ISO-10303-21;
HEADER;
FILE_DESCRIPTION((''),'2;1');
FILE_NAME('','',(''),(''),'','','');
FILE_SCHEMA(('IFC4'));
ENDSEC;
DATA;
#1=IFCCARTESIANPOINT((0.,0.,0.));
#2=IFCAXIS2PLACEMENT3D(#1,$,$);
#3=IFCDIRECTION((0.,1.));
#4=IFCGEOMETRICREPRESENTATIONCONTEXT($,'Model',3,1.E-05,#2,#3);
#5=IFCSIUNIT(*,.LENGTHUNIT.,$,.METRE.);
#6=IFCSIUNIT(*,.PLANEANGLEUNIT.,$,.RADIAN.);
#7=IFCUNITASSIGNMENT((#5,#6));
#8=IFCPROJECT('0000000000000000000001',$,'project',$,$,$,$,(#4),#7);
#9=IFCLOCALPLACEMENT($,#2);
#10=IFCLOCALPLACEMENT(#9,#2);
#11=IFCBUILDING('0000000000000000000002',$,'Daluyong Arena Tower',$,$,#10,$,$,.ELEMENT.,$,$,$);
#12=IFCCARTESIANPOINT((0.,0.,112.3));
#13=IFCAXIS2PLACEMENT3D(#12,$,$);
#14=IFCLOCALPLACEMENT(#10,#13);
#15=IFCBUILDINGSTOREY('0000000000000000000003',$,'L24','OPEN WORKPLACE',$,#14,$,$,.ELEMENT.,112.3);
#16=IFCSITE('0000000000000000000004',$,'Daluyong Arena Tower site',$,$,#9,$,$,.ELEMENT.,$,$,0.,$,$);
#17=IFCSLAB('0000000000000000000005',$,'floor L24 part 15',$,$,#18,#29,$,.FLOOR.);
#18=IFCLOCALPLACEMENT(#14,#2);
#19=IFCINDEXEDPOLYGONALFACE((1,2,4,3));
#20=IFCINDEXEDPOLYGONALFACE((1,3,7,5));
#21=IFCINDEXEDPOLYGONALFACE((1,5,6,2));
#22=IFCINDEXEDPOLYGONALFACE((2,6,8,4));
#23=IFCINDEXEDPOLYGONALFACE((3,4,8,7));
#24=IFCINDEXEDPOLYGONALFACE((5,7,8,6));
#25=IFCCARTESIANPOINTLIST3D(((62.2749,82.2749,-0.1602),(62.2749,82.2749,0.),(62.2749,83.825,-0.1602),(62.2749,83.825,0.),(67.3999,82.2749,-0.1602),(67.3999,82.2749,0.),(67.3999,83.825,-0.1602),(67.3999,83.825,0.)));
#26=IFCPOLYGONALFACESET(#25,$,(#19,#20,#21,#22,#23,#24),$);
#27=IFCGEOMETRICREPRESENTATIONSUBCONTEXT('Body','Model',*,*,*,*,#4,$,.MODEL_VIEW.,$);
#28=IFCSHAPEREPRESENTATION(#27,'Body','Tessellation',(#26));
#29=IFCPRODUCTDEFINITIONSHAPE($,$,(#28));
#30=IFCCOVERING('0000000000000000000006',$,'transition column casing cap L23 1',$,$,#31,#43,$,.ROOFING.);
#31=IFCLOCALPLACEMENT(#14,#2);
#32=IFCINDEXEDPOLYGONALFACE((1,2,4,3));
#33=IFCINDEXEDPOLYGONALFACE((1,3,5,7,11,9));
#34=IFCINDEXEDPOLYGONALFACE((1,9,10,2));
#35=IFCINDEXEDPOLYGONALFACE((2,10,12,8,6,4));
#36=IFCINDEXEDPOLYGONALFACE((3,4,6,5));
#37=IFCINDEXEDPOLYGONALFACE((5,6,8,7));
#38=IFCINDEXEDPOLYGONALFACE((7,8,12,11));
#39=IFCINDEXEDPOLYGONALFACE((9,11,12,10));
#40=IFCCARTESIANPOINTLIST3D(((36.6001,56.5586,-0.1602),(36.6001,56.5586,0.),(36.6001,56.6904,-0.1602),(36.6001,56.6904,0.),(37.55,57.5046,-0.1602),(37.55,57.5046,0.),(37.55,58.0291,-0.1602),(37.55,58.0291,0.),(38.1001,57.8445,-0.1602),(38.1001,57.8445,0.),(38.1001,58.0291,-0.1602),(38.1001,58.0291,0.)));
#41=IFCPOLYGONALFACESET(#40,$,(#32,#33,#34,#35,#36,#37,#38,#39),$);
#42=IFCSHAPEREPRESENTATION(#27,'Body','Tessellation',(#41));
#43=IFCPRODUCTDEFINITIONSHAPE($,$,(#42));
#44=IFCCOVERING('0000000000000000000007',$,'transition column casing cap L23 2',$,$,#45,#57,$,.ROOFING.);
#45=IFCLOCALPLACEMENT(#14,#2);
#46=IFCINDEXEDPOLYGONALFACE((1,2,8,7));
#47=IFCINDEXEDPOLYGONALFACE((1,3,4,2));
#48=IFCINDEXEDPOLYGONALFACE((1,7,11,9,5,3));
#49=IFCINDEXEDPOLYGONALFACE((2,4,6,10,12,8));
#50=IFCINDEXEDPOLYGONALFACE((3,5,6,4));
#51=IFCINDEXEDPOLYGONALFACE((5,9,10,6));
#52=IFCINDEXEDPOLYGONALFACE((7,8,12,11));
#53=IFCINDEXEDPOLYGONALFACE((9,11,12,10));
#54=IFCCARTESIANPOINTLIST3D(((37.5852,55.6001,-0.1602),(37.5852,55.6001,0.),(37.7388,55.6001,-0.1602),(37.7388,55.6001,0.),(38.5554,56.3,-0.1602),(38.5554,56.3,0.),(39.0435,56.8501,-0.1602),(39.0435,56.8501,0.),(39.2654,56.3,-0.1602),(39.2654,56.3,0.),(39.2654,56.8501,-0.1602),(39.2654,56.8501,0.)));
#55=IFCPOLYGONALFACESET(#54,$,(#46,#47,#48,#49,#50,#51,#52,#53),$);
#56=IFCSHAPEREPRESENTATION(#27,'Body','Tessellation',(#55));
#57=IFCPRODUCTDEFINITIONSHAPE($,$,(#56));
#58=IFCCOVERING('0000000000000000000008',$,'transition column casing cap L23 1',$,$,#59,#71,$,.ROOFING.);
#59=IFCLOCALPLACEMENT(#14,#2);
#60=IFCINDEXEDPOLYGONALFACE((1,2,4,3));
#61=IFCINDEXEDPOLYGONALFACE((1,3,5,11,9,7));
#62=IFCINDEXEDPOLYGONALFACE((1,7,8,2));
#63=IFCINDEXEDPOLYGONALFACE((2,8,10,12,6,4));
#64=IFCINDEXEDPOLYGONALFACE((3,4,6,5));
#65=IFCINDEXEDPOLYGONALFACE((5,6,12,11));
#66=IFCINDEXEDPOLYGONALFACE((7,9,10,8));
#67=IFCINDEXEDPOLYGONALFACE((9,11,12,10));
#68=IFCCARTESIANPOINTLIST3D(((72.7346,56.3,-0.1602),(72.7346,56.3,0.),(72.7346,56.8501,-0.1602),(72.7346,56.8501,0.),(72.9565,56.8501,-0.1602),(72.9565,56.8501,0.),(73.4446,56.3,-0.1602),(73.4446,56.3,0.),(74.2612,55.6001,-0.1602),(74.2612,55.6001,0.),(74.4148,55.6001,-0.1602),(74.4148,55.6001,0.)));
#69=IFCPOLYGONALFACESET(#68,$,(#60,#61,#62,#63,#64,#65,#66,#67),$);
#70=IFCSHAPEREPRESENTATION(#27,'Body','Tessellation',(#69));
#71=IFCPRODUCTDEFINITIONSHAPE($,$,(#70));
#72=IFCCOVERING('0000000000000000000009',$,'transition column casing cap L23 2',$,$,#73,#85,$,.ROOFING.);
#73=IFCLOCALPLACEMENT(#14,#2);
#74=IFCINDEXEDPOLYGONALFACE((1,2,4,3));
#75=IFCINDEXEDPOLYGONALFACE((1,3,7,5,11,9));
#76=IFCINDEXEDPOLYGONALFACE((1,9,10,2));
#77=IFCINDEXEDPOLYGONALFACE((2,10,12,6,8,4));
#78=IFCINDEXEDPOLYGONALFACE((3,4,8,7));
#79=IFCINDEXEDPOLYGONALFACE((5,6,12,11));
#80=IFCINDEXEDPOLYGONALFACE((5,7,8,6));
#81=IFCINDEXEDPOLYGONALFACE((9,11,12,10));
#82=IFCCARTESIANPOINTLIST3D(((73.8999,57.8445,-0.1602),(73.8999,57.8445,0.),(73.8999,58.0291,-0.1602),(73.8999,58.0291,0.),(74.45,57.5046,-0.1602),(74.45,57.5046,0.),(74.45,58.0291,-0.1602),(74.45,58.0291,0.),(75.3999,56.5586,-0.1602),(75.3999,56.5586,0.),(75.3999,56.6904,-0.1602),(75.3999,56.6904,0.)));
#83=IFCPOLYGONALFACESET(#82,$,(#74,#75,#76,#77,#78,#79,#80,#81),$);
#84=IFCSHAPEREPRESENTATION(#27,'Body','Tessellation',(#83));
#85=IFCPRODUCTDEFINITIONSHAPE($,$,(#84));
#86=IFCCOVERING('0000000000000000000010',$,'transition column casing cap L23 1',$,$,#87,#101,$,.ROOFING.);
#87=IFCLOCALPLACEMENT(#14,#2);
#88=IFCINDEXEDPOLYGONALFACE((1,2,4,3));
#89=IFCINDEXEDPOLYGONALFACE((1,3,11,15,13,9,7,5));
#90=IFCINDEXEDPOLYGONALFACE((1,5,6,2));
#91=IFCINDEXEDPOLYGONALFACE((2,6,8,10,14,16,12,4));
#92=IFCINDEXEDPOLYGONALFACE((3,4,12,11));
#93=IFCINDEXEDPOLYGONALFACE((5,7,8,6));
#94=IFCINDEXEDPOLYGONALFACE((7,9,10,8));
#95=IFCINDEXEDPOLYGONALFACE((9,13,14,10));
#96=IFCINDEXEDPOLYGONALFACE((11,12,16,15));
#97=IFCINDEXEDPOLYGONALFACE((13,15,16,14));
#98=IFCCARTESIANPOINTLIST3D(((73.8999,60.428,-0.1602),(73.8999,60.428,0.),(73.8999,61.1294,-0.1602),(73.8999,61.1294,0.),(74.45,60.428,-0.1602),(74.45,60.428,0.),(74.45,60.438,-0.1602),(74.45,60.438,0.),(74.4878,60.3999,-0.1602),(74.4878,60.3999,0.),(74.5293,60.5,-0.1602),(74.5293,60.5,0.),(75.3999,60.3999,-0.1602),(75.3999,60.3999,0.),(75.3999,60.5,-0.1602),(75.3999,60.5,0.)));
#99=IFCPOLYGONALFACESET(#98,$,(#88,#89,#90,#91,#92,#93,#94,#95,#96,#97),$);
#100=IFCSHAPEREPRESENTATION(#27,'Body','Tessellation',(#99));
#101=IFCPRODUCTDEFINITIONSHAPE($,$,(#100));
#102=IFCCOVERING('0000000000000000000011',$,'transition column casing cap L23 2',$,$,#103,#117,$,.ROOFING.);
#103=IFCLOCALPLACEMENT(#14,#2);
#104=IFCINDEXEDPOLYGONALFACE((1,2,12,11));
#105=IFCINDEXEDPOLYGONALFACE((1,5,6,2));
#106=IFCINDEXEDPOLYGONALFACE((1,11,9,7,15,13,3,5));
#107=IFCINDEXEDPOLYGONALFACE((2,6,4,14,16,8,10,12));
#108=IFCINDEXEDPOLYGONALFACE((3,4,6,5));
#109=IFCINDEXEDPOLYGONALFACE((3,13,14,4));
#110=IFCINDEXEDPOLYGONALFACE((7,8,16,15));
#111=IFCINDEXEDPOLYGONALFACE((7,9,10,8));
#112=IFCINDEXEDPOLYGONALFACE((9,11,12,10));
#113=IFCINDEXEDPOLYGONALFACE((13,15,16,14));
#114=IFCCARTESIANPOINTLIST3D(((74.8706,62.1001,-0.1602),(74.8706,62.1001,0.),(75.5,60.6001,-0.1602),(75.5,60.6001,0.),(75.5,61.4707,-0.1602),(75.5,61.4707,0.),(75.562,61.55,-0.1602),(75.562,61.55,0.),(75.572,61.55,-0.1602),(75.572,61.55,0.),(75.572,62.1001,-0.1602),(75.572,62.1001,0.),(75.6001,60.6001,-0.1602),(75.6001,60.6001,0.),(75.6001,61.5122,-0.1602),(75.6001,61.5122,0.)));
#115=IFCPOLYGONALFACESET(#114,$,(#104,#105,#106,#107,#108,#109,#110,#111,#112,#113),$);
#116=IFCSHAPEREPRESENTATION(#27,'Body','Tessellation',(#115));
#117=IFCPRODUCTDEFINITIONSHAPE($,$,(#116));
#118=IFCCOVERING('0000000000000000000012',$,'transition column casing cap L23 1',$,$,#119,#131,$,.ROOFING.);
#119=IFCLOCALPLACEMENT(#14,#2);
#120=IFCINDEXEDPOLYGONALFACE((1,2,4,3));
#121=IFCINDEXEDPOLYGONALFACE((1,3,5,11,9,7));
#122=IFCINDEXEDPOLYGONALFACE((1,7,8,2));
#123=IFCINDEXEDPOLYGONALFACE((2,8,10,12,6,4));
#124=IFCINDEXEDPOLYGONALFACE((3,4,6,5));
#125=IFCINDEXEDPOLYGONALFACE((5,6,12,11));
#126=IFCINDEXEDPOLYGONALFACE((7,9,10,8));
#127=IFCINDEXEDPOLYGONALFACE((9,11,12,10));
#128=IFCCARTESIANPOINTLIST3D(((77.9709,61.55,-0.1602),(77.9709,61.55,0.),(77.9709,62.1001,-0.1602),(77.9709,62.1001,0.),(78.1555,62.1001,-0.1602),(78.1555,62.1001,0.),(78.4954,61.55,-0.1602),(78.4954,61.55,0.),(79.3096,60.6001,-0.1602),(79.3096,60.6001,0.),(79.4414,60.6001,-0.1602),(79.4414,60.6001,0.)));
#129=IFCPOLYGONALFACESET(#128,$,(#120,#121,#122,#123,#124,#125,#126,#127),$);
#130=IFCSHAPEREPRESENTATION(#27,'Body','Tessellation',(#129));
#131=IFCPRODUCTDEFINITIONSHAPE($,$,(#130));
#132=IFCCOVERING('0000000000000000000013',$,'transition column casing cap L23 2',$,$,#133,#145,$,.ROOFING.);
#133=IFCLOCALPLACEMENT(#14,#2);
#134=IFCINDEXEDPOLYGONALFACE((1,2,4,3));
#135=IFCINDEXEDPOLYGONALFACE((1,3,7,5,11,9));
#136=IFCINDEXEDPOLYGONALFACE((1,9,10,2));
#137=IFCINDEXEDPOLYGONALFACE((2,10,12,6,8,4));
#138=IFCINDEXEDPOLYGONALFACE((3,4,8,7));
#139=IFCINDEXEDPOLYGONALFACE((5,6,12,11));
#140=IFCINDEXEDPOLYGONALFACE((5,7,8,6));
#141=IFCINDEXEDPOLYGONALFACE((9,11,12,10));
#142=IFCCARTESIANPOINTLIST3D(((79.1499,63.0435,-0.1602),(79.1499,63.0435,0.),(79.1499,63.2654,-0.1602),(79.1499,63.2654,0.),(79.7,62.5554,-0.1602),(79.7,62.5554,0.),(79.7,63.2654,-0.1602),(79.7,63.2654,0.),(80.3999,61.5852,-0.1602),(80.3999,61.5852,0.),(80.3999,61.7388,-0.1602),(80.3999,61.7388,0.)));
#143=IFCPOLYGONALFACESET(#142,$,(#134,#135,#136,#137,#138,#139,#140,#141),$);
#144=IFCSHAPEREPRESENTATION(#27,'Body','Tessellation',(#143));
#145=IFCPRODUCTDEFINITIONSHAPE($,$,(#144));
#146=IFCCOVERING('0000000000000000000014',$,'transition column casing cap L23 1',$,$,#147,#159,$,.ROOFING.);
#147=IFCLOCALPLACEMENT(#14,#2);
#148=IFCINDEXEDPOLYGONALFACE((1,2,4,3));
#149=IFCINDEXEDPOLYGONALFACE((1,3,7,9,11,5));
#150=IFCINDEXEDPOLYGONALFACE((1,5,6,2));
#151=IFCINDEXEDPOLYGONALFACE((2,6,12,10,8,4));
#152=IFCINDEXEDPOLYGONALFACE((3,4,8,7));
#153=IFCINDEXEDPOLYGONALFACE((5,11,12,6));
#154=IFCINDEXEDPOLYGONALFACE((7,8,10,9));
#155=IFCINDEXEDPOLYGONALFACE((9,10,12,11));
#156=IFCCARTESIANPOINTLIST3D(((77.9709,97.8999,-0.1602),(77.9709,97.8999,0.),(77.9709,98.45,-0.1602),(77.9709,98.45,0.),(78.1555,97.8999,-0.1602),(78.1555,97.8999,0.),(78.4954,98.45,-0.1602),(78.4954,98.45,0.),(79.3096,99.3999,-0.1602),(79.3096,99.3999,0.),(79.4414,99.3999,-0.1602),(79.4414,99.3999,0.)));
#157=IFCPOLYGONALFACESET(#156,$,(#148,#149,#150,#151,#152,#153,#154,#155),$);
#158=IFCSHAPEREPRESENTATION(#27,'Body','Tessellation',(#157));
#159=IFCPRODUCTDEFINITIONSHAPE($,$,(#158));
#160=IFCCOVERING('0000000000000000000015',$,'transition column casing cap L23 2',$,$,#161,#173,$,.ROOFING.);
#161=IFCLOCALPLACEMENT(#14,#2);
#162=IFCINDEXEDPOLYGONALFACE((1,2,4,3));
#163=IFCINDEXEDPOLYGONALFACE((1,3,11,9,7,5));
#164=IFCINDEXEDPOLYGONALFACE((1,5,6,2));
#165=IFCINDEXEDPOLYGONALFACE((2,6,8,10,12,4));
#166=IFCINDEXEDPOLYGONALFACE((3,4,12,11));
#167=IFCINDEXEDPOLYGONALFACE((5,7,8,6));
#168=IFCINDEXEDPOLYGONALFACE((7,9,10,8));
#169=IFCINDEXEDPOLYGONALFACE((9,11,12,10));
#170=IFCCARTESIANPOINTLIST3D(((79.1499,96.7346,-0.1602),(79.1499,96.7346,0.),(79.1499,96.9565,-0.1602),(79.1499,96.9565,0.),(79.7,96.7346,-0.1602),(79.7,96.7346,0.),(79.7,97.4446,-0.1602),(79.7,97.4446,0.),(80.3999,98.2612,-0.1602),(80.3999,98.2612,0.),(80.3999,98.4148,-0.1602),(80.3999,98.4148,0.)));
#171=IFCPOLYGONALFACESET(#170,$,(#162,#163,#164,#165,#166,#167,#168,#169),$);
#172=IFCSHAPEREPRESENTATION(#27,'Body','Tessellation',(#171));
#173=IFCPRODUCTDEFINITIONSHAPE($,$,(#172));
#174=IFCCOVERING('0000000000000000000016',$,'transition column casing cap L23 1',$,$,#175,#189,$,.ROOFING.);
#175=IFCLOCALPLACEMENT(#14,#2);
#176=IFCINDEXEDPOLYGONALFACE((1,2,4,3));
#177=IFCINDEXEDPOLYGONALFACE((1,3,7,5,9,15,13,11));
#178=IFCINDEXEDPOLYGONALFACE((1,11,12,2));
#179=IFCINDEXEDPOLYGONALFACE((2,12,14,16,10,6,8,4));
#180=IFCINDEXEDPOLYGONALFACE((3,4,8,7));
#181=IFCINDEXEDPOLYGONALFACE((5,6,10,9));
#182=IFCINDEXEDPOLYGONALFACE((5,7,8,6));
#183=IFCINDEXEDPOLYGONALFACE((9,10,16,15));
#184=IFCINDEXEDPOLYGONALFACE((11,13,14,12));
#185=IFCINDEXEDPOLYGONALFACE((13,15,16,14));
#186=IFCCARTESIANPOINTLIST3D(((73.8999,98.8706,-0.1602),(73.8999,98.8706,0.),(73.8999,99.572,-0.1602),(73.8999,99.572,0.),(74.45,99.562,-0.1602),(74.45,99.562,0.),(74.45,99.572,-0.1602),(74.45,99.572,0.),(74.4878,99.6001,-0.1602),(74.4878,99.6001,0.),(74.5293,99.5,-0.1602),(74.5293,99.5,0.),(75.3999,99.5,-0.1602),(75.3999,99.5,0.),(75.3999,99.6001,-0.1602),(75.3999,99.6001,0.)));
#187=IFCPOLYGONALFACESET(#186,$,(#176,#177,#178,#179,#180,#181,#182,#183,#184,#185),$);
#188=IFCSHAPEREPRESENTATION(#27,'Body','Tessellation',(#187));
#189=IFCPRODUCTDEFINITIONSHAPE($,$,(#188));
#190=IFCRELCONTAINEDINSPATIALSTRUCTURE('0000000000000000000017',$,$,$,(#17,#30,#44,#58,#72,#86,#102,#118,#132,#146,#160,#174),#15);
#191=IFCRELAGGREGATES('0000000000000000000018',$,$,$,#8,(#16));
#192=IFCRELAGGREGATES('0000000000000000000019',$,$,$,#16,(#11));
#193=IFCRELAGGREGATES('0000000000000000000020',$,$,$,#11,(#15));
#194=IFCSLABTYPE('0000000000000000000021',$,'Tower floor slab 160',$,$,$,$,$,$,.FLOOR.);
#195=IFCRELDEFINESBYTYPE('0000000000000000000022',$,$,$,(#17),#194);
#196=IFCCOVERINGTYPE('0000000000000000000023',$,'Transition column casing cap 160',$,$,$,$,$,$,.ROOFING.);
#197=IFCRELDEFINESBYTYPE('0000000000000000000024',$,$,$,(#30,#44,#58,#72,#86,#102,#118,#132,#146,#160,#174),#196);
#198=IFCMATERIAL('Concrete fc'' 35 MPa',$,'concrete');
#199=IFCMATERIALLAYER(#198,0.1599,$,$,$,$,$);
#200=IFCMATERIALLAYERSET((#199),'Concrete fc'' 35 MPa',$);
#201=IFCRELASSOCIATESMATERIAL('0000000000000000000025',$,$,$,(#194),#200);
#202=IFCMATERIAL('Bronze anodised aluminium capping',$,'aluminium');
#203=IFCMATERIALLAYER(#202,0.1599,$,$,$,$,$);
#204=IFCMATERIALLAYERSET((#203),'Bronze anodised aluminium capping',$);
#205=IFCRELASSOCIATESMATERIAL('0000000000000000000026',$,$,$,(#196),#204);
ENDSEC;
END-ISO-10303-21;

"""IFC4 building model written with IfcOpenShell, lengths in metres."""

from ifc_helpers import new_model, si_unit, direction, frame, origin, place, context, subcontext, project, spatial, polyline, outline, extrude, material, layer, layer_set, type_object, element, save


model = new_model("IFC4")

# Units and contexts
model_context = context("Model", 3, precision=1e-05, world=origin(), true_north=direction((0.0, 1.0)))
body_context = subcontext(model_context, "Body", "Model", "MODEL_VIEW")
ifc_project = project(units=[si_unit("LENGTHUNIT", "METRE"), si_unit("PLANEANGLEUNIT", "RADIAN")], contexts=[model_context])

# Site, building, storey
site_placement = place(None, origin())
site = spatial("IfcSite", under=ifc_project, at=site_placement, Name="Daluyong Arena Tower site", CompositionType="ELEMENT", RefElevation=0.0)
building_placement = place(site_placement, origin())
building = spatial("IfcBuilding", under=site, at=building_placement, Name="Daluyong Arena Tower", CompositionType="ELEMENT")
storey_placement = place(building_placement, frame((0.0, 0.0, 112.3)))
storey = spatial("IfcBuildingStorey", under=building, at=storey_placement, Name="L24", Description="OPEN WORKPLACE", CompositionType="ELEMENT", Elevation=112.3)

# Slab
ifc_material_1 = material(Name="Concrete fc' 35 MPa", Category="concrete")
ifc_layer_1 = layer(ifc_material_1, 0.1599)
ifc_layer_set_1 = layer_set([ifc_layer_1], Name="Concrete fc' 35 MPa")
slab_type = type_object("IfcSlabType", Name="Tower floor slab 160", PredefinedType="FLOOR", material=ifc_layer_set_1)
slab_1_placement = place(storey_placement, frame((0.0, 0.0, -0.1602)))
element("IfcSlab", 1, at=slab_1_placement, inside=storey, type_object=slab_type, Name="floor L24 part 15", PredefinedType="FLOOR", context=body_context, shape_type="SweptSolid", body=[
    extrude(outline(polyline([(62.2749, 82.2749), (67.3999, 82.2749), (67.3999, 83.825), (62.2749, 83.825), (62.2749, 82.2749)])), origin(), (0.0, 0.0, 1.0), 0.1602),
])

# Coverings
ifc_material_2 = material(Name="Bronze anodised aluminium capping", Category="aluminium")
ifc_layer_2 = layer(ifc_material_2, 0.1599)
ifc_layer_set_2 = layer_set([ifc_layer_2], Name="Bronze anodised aluminium capping")
covering_type = type_object("IfcCoveringType", Name="Transition column casing cap 160", PredefinedType="ROOFING", material=ifc_layer_set_2)
covering_1_placement = place(storey_placement, frame((0.0, 0.0, -0.1602)))
element("IfcCovering", 2, at=covering_1_placement, inside=storey, type_object=covering_type, Name="transition column casing cap L23 1", PredefinedType="ROOFING", context=body_context, shape_type="SweptSolid", body=[
    extrude(outline(polyline([(37.55, 58.0291), (38.1001, 58.0291), (38.1001, 57.8445), (36.6001, 56.5586), (36.6001, 56.6904), (37.55, 57.5046), (37.55, 58.0291)])), origin(), (0.0, 0.0, 1.0), 0.1602),
])
covering_2_placement = place(storey_placement, frame((0.0, 0.0, -0.1602)))
element("IfcCovering", 3, at=covering_2_placement, inside=storey, type_object=covering_type, Name="transition column casing cap L23 2", PredefinedType="ROOFING", context=body_context, shape_type="SweptSolid", body=[
    extrude(outline(polyline([(39.2654, 56.3), (38.5554, 56.3), (37.7388, 55.6001), (37.5852, 55.6001), (39.0435, 56.8501), (39.2654, 56.8501), (39.2654, 56.3)])), origin(), (0.0, 0.0, 1.0), 0.1602),
])
covering_3_placement = place(storey_placement, frame((0.0, 0.0, -0.1602)))
element("IfcCovering", 4, at=covering_3_placement, inside=storey, type_object=covering_type, Name="transition column casing cap L23 1", PredefinedType="ROOFING", context=body_context, shape_type="SweptSolid", body=[
    extrude(outline(polyline([(74.4148, 55.6001), (74.2612, 55.6001), (73.4446, 56.3), (72.7346, 56.3), (72.7346, 56.8501), (72.9565, 56.8501), (74.4148, 55.6001)])), origin(), (0.0, 0.0, 1.0), 0.1602),
])
covering_4_placement = place(storey_placement, frame((0.0, 0.0, -0.1602)))
element("IfcCovering", 5, at=covering_4_placement, inside=storey, type_object=covering_type, Name="transition column casing cap L23 2", PredefinedType="ROOFING", context=body_context, shape_type="SweptSolid", body=[
    extrude(outline(polyline([(74.45, 58.0291), (74.45, 57.5046), (75.3999, 56.6904), (75.3999, 56.5586), (73.8999, 57.8445), (73.8999, 58.0291), (74.45, 58.0291)])), origin(), (0.0, 0.0, 1.0), 0.1602),
])
covering_5_placement = place(storey_placement, frame((0.0, 0.0, -0.1602)))
element("IfcCovering", 6, at=covering_5_placement, inside=storey, type_object=covering_type, Name="transition column casing cap L23 1", PredefinedType="ROOFING", context=body_context, shape_type="SweptSolid", body=[
    extrude(outline(polyline([(74.45, 60.438), (74.45, 60.428), (73.8999, 60.428), (73.8999, 61.1294), (74.5293, 60.5), (75.3999, 60.5), (75.3999, 60.3999), (74.4878, 60.3999), (74.45, 60.438)])), origin(), (0.0, 0.0, 1.0), 0.1602),
])
covering_6_placement = place(storey_placement, frame((0.0, 0.0, -0.1602)))
element("IfcCovering", 7, at=covering_6_placement, inside=storey, type_object=covering_type, Name="transition column casing cap L23 2", PredefinedType="ROOFING", context=body_context, shape_type="SweptSolid", body=[
    extrude(outline(polyline([(75.572, 61.55), (75.562, 61.55), (75.6001, 61.5122), (75.6001, 60.6001), (75.5, 60.6001), (75.5, 61.4707), (74.8706, 62.1001), (75.572, 62.1001), (75.572, 61.55)])), origin(), (0.0, 0.0, 1.0), 0.1602),
])
covering_7_placement = place(storey_placement, frame((0.0, 0.0, -0.1602)))
element("IfcCovering", 8, at=covering_7_placement, inside=storey, type_object=covering_type, Name="transition column casing cap L23 1", PredefinedType="ROOFING", context=body_context, shape_type="SweptSolid", body=[
    extrude(outline(polyline([(79.4414, 60.6001), (79.3096, 60.6001), (78.4954, 61.55), (77.9709, 61.55), (77.9709, 62.1001), (78.1555, 62.1001), (79.4414, 60.6001)])), origin(), (0.0, 0.0, 1.0), 0.1602),
])
covering_8_placement = place(storey_placement, frame((0.0, 0.0, -0.1602)))
element("IfcCovering", 9, at=covering_8_placement, inside=storey, type_object=covering_type, Name="transition column casing cap L23 2", PredefinedType="ROOFING", context=body_context, shape_type="SweptSolid", body=[
    extrude(outline(polyline([(79.7, 63.2654), (79.7, 62.5554), (80.3999, 61.7388), (80.3999, 61.5852), (79.1499, 63.0435), (79.1499, 63.2654), (79.7, 63.2654)])), origin(), (0.0, 0.0, 1.0), 0.1602),
])
covering_9_placement = place(storey_placement, frame((0.0, 0.0, -0.1602)))
element("IfcCovering", 10, at=covering_9_placement, inside=storey, type_object=covering_type, Name="transition column casing cap L23 1", PredefinedType="ROOFING", context=body_context, shape_type="SweptSolid", body=[
    extrude(outline(polyline([(77.9709, 98.45), (78.4954, 98.45), (79.3096, 99.3999), (79.4414, 99.3999), (78.1555, 97.8999), (77.9709, 97.8999), (77.9709, 98.45)])), origin(), (0.0, 0.0, 1.0), 0.1602),
])
covering_10_placement = place(storey_placement, frame((0.0, 0.0, -0.1602)))
element("IfcCovering", 11, at=covering_10_placement, inside=storey, type_object=covering_type, Name="transition column casing cap L23 2", PredefinedType="ROOFING", context=body_context, shape_type="SweptSolid", body=[
    extrude(outline(polyline([(79.7, 96.7346), (79.1499, 96.7346), (79.1499, 96.9565), (80.3999, 98.4148), (80.3999, 98.2612), (79.7, 97.4446), (79.7, 96.7346)])), origin(), (0.0, 0.0, 1.0), 0.1602),
])
covering_11_placement = place(storey_placement, frame((0.0, 0.0, -0.1602)))
element("IfcCovering", 12, at=covering_11_placement, inside=storey, type_object=covering_type, Name="transition column casing cap L23 1", PredefinedType="ROOFING", context=body_context, shape_type="SweptSolid", body=[
    extrude(outline(polyline([(74.45, 99.572), (74.45, 99.562), (74.4878, 99.6001), (75.3999, 99.6001), (75.3999, 99.5), (74.5293, 99.5), (73.8999, 98.8706), (73.8999, 99.572), (74.45, 99.572)])), origin(), (0.0, 0.0, 1.0), 0.1602),
])

save(model, "model.ifc")
